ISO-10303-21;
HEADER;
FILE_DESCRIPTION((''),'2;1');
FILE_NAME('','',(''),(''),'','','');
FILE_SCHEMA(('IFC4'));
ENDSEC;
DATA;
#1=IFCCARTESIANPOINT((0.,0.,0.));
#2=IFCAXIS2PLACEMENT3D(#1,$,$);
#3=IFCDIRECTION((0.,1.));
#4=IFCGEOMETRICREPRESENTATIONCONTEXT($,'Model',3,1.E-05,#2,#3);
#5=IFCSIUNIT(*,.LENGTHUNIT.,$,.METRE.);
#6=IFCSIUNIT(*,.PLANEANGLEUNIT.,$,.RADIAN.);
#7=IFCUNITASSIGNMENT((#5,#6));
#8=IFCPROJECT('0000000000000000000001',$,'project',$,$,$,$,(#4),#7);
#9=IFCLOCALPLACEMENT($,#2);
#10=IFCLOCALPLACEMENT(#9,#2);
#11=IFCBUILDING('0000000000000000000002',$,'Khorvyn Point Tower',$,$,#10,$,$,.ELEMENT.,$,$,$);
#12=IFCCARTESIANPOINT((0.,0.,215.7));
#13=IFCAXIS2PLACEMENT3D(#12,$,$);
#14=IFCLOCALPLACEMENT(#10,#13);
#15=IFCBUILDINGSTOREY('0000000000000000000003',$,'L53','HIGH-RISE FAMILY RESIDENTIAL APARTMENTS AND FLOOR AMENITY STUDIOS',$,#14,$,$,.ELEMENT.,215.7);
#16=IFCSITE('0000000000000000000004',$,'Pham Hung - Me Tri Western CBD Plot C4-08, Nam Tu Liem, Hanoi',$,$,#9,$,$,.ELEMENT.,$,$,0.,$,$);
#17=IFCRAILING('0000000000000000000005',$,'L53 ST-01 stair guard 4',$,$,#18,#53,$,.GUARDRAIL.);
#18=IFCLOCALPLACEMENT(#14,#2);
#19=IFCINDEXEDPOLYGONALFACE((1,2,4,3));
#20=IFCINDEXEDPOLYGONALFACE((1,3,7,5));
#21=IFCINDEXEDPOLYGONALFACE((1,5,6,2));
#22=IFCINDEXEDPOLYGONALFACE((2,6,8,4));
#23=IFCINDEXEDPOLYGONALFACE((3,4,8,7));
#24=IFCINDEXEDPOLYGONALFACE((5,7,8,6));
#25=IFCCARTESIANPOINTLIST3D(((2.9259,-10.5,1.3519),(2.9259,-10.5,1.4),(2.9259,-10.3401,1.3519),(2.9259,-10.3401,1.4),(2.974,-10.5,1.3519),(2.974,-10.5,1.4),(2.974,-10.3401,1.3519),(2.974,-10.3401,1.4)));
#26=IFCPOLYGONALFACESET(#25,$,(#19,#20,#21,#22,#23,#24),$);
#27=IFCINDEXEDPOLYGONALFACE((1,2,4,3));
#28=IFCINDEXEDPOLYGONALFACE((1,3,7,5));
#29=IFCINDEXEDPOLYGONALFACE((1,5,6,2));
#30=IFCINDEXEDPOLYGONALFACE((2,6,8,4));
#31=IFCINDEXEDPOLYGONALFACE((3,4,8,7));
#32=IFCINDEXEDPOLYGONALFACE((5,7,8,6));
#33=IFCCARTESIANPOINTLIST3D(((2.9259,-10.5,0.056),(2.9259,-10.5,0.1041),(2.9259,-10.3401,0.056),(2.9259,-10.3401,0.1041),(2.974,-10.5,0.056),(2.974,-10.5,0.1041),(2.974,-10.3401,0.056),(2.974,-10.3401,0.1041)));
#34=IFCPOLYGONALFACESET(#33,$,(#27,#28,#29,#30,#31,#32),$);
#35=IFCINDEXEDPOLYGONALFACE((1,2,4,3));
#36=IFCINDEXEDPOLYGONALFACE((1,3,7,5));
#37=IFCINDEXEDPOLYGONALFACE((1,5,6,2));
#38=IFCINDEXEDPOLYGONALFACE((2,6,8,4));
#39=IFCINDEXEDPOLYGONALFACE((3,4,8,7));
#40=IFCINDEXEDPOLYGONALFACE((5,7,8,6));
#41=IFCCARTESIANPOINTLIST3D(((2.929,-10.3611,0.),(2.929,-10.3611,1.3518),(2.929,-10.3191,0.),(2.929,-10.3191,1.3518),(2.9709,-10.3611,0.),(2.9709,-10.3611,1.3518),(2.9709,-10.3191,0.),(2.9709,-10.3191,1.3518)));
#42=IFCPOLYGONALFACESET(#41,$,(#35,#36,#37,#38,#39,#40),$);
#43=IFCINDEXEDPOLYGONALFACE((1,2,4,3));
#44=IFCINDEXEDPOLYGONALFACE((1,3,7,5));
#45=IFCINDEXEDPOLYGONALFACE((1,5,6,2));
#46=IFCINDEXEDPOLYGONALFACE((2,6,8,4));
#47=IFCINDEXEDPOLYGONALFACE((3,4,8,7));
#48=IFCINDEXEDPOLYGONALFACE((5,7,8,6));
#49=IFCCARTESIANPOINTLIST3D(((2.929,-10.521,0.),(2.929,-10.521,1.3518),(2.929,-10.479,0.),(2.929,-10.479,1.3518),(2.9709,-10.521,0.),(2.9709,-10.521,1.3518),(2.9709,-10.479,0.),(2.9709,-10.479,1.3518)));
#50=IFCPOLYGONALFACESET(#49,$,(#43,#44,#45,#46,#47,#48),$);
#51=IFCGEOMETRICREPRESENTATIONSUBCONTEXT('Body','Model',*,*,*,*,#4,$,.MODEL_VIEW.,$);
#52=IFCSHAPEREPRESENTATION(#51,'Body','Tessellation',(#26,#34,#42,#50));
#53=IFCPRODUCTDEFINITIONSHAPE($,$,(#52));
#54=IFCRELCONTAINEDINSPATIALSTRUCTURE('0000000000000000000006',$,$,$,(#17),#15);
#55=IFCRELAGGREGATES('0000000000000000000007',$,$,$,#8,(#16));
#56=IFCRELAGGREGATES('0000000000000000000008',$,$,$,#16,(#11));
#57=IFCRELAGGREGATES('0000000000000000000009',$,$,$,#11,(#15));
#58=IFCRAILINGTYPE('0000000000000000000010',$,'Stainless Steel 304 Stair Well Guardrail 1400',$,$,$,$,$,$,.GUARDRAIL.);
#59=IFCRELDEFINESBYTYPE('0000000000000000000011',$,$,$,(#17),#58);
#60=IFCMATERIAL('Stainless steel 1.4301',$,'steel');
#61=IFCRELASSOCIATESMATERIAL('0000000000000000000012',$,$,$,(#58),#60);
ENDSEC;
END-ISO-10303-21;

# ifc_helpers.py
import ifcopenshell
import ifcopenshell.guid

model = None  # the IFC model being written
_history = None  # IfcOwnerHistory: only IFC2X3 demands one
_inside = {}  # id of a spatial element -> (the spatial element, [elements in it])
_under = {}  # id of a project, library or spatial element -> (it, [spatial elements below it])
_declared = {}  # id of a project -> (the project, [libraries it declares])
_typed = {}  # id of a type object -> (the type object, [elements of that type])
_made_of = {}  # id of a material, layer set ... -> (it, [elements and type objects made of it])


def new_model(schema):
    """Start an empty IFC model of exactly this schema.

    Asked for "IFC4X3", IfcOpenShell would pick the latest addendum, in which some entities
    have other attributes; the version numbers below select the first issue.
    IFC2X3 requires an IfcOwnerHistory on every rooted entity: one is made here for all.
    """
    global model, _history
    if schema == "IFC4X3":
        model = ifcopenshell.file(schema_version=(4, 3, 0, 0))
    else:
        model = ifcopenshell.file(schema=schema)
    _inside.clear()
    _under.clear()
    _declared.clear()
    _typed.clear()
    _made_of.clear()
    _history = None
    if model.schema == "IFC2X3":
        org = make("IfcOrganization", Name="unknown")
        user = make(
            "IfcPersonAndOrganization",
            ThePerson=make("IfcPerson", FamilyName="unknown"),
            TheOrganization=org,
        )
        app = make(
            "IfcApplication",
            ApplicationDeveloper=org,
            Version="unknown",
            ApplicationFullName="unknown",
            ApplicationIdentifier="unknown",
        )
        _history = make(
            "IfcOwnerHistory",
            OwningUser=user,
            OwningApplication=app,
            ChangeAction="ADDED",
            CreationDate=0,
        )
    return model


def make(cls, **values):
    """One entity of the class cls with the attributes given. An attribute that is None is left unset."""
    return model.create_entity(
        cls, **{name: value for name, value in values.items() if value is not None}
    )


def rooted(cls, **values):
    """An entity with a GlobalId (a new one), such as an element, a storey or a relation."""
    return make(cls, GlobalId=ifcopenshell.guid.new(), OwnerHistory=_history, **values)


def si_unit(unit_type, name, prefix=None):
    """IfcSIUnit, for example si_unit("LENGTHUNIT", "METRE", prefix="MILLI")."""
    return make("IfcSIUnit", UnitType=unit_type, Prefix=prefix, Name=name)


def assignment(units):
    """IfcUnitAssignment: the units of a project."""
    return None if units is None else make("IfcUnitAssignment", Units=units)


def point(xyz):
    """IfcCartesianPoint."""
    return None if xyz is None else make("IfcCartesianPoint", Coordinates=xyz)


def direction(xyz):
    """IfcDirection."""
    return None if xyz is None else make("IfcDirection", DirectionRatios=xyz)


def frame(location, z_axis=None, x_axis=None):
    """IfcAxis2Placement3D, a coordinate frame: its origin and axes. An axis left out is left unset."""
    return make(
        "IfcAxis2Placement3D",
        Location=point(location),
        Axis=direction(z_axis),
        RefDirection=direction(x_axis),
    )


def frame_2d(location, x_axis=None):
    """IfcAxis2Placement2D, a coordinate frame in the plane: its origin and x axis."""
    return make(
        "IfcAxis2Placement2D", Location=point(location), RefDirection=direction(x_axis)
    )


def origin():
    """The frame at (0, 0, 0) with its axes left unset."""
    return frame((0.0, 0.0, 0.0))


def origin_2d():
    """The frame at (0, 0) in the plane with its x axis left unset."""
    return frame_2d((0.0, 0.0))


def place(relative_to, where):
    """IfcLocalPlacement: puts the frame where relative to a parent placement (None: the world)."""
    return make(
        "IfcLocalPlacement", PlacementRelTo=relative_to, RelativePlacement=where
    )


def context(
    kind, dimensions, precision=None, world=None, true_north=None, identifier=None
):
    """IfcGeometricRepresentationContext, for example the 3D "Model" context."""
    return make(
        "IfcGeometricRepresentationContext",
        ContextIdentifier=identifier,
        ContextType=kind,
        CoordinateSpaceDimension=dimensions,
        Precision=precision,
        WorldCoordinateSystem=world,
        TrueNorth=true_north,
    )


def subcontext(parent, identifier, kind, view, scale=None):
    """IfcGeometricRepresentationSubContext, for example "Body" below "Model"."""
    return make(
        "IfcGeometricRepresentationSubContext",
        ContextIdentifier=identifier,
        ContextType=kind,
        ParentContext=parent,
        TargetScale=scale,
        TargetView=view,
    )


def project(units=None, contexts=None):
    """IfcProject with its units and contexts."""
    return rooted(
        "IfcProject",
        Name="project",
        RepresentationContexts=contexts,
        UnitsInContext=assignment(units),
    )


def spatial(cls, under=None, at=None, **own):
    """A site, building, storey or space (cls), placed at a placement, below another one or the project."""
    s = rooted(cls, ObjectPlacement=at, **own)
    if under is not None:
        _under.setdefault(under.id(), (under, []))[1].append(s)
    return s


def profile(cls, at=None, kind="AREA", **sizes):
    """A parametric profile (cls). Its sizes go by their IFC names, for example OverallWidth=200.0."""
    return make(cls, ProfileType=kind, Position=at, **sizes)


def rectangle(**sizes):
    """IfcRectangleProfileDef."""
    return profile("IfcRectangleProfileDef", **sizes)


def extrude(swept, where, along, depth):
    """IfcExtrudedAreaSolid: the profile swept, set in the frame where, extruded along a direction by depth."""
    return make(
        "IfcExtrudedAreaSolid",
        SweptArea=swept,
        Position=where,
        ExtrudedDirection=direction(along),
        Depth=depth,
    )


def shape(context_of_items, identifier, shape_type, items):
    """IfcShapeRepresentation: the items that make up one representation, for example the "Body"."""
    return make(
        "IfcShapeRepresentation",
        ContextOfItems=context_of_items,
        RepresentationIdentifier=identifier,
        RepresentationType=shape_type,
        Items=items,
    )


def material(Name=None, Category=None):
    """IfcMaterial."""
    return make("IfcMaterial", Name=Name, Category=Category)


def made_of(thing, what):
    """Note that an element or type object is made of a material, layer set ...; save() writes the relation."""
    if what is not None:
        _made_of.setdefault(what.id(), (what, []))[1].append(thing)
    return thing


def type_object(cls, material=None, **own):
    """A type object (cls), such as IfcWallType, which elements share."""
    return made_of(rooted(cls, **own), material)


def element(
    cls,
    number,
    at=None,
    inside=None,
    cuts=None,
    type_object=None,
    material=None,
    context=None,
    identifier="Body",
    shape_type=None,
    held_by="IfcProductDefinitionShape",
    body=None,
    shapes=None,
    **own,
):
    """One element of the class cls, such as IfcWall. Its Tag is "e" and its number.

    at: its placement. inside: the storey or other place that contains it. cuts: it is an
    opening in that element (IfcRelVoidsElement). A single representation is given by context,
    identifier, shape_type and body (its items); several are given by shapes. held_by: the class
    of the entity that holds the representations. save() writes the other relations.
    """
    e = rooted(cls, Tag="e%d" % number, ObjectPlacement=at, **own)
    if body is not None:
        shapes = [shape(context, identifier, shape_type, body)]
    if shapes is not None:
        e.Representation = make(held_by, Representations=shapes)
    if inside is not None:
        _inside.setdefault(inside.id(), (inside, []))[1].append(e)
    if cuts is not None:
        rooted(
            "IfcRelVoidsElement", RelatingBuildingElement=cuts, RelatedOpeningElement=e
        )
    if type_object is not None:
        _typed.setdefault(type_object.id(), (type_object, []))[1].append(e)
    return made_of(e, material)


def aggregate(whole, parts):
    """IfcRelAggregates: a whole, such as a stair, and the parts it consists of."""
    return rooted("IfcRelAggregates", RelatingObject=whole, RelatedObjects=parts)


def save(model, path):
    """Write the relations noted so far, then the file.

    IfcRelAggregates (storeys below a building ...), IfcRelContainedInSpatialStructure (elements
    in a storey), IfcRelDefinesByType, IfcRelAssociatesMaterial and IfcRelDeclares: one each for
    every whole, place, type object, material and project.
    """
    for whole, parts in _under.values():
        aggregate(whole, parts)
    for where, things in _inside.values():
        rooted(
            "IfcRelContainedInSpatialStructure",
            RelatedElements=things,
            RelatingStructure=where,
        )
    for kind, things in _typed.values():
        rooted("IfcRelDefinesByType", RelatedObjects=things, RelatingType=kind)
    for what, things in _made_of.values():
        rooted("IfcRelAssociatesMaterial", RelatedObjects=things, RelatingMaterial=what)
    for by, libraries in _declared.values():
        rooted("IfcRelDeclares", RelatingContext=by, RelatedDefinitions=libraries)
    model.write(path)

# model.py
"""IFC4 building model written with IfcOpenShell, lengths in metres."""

from ifc_helpers import new_model, si_unit, direction, frame, origin, origin_2d, place, context, subcontext, project, spatial, rectangle, extrude, material, type_object, element, save


model = new_model("IFC4")

# Units and contexts
model_context = context("Model", 3, precision=1e-05, world=origin(), true_north=direction((0.0, 1.0)))
body_context = subcontext(model_context, "Body", "Model", "MODEL_VIEW")
ifc_project = project(units=[si_unit("LENGTHUNIT", "METRE"), si_unit("PLANEANGLEUNIT", "RADIAN")], contexts=[model_context])

# Site, building, storey
site_placement = place(None, origin())
site = spatial("IfcSite", under=ifc_project, at=site_placement, Name="Pham Hung - Me Tri Western CBD Plot C4-08, Nam Tu Liem, Hanoi", CompositionType="ELEMENT", RefElevation=0.0)
building_placement = place(site_placement, origin())
building = spatial("IfcBuilding", under=site, at=building_placement, Name="Khorvyn Point Tower", CompositionType="ELEMENT")
storey_placement = place(building_placement, frame((0.0, 0.0, 215.7)))
storey = spatial("IfcBuildingStorey", under=building, at=storey_placement, Name="L53", Description="HIGH-RISE FAMILY RESIDENTIAL APARTMENTS AND FLOOR AMENITY STUDIOS", CompositionType="ELEMENT", Elevation=215.7)

# Railing
ifc_material_1 = material(Name="Stainless steel 1.4301", Category="steel")
railing_type_1 = type_object("IfcRailingType", Name="Stainless Steel 304 Stair Well Guardrail 1400", PredefinedType="GUARDRAIL", material=ifc_material_1)
railing_1_placement = place(storey_placement, frame((2.95, -10.3401, 0.0)))
element("IfcRailing", 1, at=railing_1_placement, inside=storey, type_object=railing_type_1, Name="L53 ST-01 stair guard 4", PredefinedType="GUARDRAIL", context=body_context, shape_type="SweptSolid", body=[
    extrude(rectangle(XDim=0.0481, YDim=0.0481, at=origin_2d()), frame((0.0, 0.0, 1.376), z_axis=(0.0, -1.0, 0.0), x_axis=(1.0, 0.0, 0.0)), (0.0, 0.0, 1.0), 0.1599),
    extrude(rectangle(XDim=0.0481, YDim=0.0481, at=origin_2d()), frame((0.0, 0.0, 0.0801), z_axis=(0.0, -1.0, 0.0), x_axis=(1.0, 0.0, 0.0)), (0.0, 0.0, 1.0), 0.1599),
    extrude(rectangle(XDim=0.042, YDim=0.042, at=origin_2d()), origin(), (0.0, 0.0, 1.0), 1.3518),
    extrude(rectangle(XDim=0.042, YDim=0.042, at=origin_2d()), frame((0.0, -0.1599, 0.0)), (0.0, 0.0, 1.0), 1.3518),
])

save(model, "model.ifc")
